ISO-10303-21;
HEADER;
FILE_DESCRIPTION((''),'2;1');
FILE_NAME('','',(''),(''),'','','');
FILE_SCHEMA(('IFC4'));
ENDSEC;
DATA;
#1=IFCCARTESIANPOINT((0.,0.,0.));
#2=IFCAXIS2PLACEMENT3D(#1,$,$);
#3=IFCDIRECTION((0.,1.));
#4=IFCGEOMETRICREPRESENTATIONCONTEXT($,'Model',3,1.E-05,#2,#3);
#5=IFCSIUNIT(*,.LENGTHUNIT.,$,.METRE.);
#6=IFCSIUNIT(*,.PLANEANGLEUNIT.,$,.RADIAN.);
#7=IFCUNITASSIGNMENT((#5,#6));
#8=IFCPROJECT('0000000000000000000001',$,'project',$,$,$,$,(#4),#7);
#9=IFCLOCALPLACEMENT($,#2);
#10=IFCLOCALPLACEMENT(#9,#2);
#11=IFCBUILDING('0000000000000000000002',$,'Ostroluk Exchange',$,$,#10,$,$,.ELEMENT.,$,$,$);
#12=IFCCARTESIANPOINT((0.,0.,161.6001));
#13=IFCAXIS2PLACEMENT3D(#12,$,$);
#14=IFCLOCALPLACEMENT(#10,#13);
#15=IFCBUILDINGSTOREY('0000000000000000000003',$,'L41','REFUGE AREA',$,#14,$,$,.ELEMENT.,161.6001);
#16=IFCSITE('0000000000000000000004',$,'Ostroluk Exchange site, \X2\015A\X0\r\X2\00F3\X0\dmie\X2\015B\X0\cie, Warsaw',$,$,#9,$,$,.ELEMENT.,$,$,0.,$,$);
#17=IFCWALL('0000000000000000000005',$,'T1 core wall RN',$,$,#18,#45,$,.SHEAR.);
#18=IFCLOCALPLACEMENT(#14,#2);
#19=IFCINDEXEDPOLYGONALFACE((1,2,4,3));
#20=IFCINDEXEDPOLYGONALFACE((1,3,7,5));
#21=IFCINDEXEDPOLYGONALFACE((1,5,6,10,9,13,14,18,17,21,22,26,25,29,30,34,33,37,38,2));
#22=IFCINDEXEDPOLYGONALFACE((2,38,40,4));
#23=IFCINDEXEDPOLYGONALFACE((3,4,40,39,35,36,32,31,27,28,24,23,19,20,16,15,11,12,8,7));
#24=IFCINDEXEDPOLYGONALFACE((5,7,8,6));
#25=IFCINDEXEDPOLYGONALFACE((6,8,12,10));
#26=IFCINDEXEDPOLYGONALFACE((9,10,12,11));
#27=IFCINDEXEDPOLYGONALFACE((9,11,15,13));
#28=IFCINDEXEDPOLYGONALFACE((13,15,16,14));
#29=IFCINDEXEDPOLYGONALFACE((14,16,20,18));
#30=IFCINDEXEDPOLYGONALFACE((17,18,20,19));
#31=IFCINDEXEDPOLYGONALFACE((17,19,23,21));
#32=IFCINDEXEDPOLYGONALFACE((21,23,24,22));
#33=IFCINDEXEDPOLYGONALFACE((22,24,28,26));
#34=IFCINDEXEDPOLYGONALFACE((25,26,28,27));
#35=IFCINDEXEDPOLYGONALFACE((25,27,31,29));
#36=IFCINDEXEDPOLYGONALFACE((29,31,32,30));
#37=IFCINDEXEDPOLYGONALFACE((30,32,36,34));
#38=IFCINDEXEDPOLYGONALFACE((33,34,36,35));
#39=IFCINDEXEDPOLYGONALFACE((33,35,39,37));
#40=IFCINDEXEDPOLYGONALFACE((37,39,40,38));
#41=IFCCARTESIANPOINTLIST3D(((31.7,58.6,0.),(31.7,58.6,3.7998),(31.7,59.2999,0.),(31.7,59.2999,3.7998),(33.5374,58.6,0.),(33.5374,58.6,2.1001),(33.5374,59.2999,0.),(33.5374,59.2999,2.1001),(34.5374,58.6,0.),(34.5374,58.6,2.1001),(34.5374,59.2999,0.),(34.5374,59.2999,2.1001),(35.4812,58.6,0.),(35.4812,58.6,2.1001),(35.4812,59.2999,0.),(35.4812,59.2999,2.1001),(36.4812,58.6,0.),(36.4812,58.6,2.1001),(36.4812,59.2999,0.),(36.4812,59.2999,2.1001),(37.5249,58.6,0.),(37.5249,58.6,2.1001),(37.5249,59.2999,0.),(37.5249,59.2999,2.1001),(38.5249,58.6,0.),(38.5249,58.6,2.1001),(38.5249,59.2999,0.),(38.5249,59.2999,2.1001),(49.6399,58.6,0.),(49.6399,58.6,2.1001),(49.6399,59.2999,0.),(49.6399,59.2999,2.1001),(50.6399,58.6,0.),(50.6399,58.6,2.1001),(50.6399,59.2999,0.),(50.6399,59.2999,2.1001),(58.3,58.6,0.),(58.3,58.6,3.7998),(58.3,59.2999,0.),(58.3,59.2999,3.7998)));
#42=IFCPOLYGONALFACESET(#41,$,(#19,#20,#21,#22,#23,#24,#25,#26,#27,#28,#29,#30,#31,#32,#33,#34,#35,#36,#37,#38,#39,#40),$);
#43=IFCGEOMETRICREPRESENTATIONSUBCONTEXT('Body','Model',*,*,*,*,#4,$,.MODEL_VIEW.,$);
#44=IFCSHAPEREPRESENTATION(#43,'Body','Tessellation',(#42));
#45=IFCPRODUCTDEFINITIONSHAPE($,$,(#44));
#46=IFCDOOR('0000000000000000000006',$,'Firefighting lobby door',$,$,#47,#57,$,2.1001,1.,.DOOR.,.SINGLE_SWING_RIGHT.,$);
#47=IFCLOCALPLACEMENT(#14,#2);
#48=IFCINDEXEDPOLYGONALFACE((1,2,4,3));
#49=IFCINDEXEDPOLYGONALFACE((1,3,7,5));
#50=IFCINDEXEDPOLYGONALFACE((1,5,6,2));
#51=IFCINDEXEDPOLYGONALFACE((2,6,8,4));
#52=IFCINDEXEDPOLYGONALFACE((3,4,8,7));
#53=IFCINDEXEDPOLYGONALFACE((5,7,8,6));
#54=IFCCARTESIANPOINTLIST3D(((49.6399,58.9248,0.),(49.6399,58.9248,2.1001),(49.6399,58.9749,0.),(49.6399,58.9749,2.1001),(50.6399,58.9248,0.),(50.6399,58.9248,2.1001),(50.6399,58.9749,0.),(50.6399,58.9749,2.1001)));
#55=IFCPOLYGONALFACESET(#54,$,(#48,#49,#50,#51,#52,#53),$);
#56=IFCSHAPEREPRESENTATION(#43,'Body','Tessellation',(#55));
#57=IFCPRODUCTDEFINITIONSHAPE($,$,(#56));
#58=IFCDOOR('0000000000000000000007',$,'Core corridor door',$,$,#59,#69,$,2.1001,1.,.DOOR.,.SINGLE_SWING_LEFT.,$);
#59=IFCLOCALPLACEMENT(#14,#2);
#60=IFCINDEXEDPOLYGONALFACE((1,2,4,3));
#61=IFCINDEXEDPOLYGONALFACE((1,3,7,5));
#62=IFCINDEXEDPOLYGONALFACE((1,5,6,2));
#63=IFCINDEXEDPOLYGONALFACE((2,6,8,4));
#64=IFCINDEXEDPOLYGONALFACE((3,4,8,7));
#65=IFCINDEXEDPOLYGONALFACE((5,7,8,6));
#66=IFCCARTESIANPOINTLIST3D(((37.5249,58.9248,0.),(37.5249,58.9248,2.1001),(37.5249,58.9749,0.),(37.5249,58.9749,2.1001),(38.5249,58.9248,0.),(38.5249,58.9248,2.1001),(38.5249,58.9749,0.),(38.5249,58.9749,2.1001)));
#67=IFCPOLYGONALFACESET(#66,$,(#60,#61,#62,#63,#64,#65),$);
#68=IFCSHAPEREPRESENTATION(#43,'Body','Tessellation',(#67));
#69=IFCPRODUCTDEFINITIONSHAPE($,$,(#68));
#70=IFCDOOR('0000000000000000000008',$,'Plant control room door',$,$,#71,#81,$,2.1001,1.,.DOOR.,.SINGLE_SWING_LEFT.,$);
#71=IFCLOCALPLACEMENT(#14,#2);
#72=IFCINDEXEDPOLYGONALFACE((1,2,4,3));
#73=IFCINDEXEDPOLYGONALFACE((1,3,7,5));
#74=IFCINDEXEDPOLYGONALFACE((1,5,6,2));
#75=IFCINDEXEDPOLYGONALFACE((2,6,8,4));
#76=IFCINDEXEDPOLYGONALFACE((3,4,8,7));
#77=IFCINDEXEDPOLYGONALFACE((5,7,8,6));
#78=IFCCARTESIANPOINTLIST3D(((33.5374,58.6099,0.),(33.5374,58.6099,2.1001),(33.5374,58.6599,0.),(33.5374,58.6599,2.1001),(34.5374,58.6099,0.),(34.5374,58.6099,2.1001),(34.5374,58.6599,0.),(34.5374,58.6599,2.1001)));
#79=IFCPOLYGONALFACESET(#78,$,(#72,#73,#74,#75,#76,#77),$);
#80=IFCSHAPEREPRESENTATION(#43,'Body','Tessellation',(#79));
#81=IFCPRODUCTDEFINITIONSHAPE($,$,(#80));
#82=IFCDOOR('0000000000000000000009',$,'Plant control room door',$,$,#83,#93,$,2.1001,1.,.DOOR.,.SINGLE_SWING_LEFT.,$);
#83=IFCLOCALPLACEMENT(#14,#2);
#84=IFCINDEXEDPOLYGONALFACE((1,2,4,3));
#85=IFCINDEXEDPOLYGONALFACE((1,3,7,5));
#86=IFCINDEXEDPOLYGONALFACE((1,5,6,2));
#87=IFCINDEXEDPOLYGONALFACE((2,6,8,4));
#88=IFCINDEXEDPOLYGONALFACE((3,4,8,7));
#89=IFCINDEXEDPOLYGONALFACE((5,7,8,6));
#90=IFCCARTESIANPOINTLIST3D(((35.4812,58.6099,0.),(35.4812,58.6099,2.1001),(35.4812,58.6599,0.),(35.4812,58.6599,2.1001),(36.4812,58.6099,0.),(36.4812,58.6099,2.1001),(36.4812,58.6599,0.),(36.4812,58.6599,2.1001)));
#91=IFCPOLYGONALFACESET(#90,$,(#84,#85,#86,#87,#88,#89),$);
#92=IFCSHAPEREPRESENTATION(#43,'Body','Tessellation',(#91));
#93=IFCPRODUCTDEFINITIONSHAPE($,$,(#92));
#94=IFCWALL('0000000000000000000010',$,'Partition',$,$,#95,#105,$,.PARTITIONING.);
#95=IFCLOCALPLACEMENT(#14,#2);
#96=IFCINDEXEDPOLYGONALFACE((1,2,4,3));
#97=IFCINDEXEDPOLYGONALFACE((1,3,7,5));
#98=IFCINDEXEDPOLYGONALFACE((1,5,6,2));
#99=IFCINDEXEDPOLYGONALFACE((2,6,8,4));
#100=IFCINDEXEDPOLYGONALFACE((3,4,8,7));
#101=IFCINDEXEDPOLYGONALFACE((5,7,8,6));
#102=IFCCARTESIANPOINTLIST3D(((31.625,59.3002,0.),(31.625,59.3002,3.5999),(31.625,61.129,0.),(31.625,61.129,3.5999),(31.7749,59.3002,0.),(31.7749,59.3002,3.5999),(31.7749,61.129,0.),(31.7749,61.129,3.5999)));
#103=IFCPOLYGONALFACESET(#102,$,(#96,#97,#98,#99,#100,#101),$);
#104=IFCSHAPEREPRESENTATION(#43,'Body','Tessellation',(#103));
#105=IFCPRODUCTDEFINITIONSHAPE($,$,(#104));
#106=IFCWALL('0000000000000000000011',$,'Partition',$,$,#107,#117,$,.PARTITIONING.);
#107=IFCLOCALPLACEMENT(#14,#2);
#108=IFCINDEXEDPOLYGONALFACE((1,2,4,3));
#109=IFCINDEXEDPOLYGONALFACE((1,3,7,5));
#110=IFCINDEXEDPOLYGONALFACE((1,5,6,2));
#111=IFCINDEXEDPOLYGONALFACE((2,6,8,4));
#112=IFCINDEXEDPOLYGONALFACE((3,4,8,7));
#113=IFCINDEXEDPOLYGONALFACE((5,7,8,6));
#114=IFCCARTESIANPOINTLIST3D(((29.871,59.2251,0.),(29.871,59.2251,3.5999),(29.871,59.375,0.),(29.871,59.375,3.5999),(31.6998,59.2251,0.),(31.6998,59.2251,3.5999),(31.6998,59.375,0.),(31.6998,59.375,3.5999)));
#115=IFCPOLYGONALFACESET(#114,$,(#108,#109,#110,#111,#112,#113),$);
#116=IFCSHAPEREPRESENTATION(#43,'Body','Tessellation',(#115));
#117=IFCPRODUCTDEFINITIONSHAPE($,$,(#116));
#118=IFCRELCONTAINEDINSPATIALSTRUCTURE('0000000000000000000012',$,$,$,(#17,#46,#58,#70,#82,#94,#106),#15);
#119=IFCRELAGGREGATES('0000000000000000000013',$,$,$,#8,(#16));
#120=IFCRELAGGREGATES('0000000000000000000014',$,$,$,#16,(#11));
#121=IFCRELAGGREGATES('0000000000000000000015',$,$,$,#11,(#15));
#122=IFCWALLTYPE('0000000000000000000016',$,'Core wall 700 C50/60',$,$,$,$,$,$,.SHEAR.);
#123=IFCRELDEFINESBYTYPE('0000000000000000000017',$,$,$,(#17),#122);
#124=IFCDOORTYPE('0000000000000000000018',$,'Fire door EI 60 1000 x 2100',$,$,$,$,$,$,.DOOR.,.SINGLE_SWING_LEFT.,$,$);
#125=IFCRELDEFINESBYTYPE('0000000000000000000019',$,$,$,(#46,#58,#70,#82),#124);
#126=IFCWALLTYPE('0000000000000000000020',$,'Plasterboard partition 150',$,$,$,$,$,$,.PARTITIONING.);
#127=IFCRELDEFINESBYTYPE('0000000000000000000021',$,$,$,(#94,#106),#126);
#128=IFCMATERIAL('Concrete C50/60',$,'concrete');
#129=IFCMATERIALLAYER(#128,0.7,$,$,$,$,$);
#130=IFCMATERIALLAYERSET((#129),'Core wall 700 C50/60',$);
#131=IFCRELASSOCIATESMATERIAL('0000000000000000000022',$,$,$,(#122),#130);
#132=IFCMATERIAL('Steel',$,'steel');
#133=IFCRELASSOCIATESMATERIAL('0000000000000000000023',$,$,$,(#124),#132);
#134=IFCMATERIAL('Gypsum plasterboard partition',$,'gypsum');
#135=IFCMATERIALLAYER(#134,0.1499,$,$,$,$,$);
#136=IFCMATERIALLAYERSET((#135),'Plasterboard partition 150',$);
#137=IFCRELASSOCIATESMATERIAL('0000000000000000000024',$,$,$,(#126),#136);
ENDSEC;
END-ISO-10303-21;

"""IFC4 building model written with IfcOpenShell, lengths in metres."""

from ifc_helpers import new_model, si_unit, direction, frame, frame_2d, origin, place, context, subcontext, project, spatial, rectangle, extrude, material, layer, layer_set, type_object, element, fill, save


model = new_model("IFC4")

# Units and contexts
model_context = context("Model", 3, precision=1e-05, world=origin(), true_north=direction((0.0, 1.0)))
body_context = subcontext(model_context, "Body", "Model", "MODEL_VIEW")
ifc_project = project(units=[si_unit("LENGTHUNIT", "METRE"), si_unit("PLANEANGLEUNIT", "RADIAN")], contexts=[model_context])

# Site, building, storey
site_placement = place(None, origin())
site = spatial("IfcSite", under=ifc_project, at=site_placement, Name="Ostroluk Exchange site, Śródmieście, Warsaw", CompositionType="ELEMENT", RefElevation=0.0)
building_placement = place(site_placement, origin())
building = spatial("IfcBuilding", under=site, at=building_placement, Name="Ostroluk Exchange", CompositionType="ELEMENT")
storey_placement = place(building_placement, frame((0.0, 0.0, 161.6001)))
storey = spatial("IfcBuildingStorey", under=building, at=storey_placement, Name="L41", Description="REFUGE AREA", CompositionType="ELEMENT", Elevation=161.6001)

# Wall, openings, doors
ifc_material_1 = material(Name="Concrete C50/60", Category="concrete")
ifc_layer_1 = layer(ifc_material_1, 0.7)
ifc_layer_set_1 = layer_set([ifc_layer_1], Name="Core wall 700 C50/60")
wall_type_1 = type_object("IfcWallType", Name="Core wall 700 C50/60", PredefinedType="SHEAR", material=ifc_layer_set_1)
wall_1_placement = place(storey_placement, frame((31.7, 58.95, 0.0), z_axis=(0.0, 0.0, 1.0), x_axis=(1.0, 0.0, 0.0)))
wall_1 = element("IfcWall", 1, at=wall_1_placement, inside=storey, type_object=wall_type_1, Name="T1 core wall RN", PredefinedType="SHEAR", context=body_context, shape_type="SweptSolid", body=[
    extrude(rectangle(XDim=26.6001, YDim=0.7, at=frame_2d((13.3, 0.0))), origin(), (0.0, 0.0, 1.0), 3.7998),
])
opening_1_placement = place(wall_1_placement, frame((17.9399, 0.0, 0.0)))
opening_1 = element("IfcOpeningElement", 2, at=opening_1_placement, cuts=wall_1, PredefinedType="OPENING", context=body_context, shape_type="SweptSolid", body=[
    extrude(rectangle(XDim=1.0, YDim=2.1001, at=frame_2d((0.5, 1.05))), frame((0.0, 0.3599, 0.0), z_axis=(0.0, -1.0, 0.0), x_axis=(1.0, 0.0, 0.0)), (0.0, 0.0, 1.0), 0.72),
])
opening_2_placement = place(wall_1_placement, frame((5.825, 0.0, 0.0)))
opening_2 = element("IfcOpeningElement", 3, at=opening_2_placement, cuts=wall_1, PredefinedType="OPENING", context=body_context, shape_type="SweptSolid", body=[
    extrude(rectangle(XDim=1.0, YDim=2.1001, at=frame_2d((0.5, 1.05))), frame((0.0, 0.3599, 0.0), z_axis=(0.0, -1.0, 0.0), x_axis=(1.0, 0.0, 0.0)), (0.0, 0.0, 1.0), 0.72),
])
opening_3_placement = place(wall_1_placement, frame((1.8374, 0.0, 0.0)))
opening_3 = element("IfcOpeningElement", 4, at=opening_3_placement, cuts=wall_1, PredefinedType="OPENING", context=body_context, shape_type="SweptSolid", body=[
    extrude(rectangle(XDim=1.0, YDim=2.1001, at=frame_2d((0.5, 1.05))), frame((0.0, 0.3599, 0.0), z_axis=(0.0, -1.0, 0.0), x_axis=(1.0, 0.0, 0.0)), (0.0, 0.0, 1.0), 0.72),
])
opening_4_placement = place(wall_1_placement, frame((3.7812, 0.0, 0.0)))
opening_4 = element("IfcOpeningElement", 5, at=opening_4_placement, cuts=wall_1, PredefinedType="OPENING", context=body_context, shape_type="SweptSolid", body=[
    extrude(rectangle(XDim=1.0, YDim=2.1001, at=frame_2d((0.5, 1.05))), frame((0.0, 0.3599, 0.0), z_axis=(0.0, -1.0, 0.0), x_axis=(1.0, 0.0, 0.0)), (0.0, 0.0, 1.0), 0.72),
])
ifc_material_2 = material(Name="Steel", Category="steel")
door_type = type_object("IfcDoorType", Name="Fire door EI 60 1000 x 2100", OperationType="SINGLE_SWING_LEFT", PredefinedType="DOOR", material=ifc_material_2)
door_1_placement = place(opening_1_placement, origin())
door_1 = element("IfcDoor", 6, at=door_1_placement, inside=storey, type_object=door_type, Name="Firefighting lobby door", OperationType="SINGLE_SWING_RIGHT", OverallHeight=2.1001, OverallWidth=1.0, PredefinedType="DOOR", context=body_context, shape_type="SweptSolid", body=[
    extrude(rectangle(XDim=1.0, YDim=2.1001, at=frame_2d((0.5, 1.05))), frame((0.0, 0.0249, 0.0), z_axis=(0.0, -1.0, 0.0), x_axis=(1.0, 0.0, 0.0)), (0.0, 0.0, 1.0), 0.05),
])
fill(opening_1, door_1)
door_2_placement = place(opening_2_placement, origin())
door_2 = element("IfcDoor", 7, at=door_2_placement, inside=storey, type_object=door_type, Name="Core corridor door", OperationType="SINGLE_SWING_LEFT", OverallHeight=2.1001, OverallWidth=1.0, PredefinedType="DOOR", context=body_context, shape_type="SweptSolid", body=[
    extrude(rectangle(XDim=1.0, YDim=2.1001, at=frame_2d((0.5, 1.05))), frame((0.0, 0.0249, 0.0), z_axis=(0.0, -1.0, 0.0), x_axis=(1.0, 0.0, 0.0)), (0.0, 0.0, 1.0), 0.05),
])
fill(opening_2, door_2)
door_3_placement = place(opening_3_placement, origin())
door_3 = element("IfcDoor", 8, at=door_3_placement, inside=storey, type_object=door_type, Name="Plant control room door", OperationType="SINGLE_SWING_LEFT", OverallHeight=2.1001, OverallWidth=1.0, PredefinedType="DOOR", context=body_context, shape_type="SweptSolid", body=[
    extrude(rectangle(XDim=1.0, YDim=2.1001, at=frame_2d((0.5, 1.05))), frame((0.0, -0.29, 0.0), z_axis=(0.0, -1.0, 0.0), x_axis=(1.0, 0.0, 0.0)), (0.0, 0.0, 1.0), 0.05),
])
fill(opening_3, door_3)
door_4_placement = place(opening_4_placement, origin())
door_4 = element("IfcDoor", 9, at=door_4_placement, inside=storey, type_object=door_type, Name="Plant control room door", OperationType="SINGLE_SWING_LEFT", OverallHeight=2.1001, OverallWidth=1.0, PredefinedType="DOOR", context=body_context, shape_type="SweptSolid", body=[
    extrude(rectangle(XDim=1.0, YDim=2.1001, at=frame_2d((0.5, 1.05))), frame((0.0, -0.29, 0.0), z_axis=(0.0, -1.0, 0.0), x_axis=(1.0, 0.0, 0.0)), (0.0, 0.0, 1.0), 0.05),
])
fill(opening_4, door_4)

# Walls
ifc_material_3 = material(Name="Gypsum plasterboard partition", Category="gypsum")
ifc_layer_2 = layer(ifc_material_3, 0.1499)
ifc_layer_set_2 = layer_set([ifc_layer_2], Name="Plasterboard partition 150")
wall_type_2 = type_object("IfcWallType", Name="Plasterboard partition 150", PredefinedType="PARTITIONING", material=ifc_layer_set_2)
for number, where, z_axis, x_axis, name in (
    (10, (31.7, 59.3, 0.0), (0.0, 0.0, 1.0), (0.0, 1.0, 0.0), "Partition"),
    (11, (31.7, 59.3, 0.0), (0.0, 0.0, 1.0), (-1.0, 0.0, 0.0), "Partition"),
):
    element("IfcWall", number, at=place(storey_placement, frame(where, z_axis=z_axis, x_axis=x_axis)), inside=storey, type_object=wall_type_2, Name=name, PredefinedType="PARTITIONING", context=body_context, shape_type="SweptSolid", body=[
        extrude(rectangle(XDim=1.8289, YDim=0.1499, at=frame_2d((0.9146, 0.0))), origin(), (0.0, 0.0, 1.0), 3.5999),
    ])

save(model, "model.ifc")
